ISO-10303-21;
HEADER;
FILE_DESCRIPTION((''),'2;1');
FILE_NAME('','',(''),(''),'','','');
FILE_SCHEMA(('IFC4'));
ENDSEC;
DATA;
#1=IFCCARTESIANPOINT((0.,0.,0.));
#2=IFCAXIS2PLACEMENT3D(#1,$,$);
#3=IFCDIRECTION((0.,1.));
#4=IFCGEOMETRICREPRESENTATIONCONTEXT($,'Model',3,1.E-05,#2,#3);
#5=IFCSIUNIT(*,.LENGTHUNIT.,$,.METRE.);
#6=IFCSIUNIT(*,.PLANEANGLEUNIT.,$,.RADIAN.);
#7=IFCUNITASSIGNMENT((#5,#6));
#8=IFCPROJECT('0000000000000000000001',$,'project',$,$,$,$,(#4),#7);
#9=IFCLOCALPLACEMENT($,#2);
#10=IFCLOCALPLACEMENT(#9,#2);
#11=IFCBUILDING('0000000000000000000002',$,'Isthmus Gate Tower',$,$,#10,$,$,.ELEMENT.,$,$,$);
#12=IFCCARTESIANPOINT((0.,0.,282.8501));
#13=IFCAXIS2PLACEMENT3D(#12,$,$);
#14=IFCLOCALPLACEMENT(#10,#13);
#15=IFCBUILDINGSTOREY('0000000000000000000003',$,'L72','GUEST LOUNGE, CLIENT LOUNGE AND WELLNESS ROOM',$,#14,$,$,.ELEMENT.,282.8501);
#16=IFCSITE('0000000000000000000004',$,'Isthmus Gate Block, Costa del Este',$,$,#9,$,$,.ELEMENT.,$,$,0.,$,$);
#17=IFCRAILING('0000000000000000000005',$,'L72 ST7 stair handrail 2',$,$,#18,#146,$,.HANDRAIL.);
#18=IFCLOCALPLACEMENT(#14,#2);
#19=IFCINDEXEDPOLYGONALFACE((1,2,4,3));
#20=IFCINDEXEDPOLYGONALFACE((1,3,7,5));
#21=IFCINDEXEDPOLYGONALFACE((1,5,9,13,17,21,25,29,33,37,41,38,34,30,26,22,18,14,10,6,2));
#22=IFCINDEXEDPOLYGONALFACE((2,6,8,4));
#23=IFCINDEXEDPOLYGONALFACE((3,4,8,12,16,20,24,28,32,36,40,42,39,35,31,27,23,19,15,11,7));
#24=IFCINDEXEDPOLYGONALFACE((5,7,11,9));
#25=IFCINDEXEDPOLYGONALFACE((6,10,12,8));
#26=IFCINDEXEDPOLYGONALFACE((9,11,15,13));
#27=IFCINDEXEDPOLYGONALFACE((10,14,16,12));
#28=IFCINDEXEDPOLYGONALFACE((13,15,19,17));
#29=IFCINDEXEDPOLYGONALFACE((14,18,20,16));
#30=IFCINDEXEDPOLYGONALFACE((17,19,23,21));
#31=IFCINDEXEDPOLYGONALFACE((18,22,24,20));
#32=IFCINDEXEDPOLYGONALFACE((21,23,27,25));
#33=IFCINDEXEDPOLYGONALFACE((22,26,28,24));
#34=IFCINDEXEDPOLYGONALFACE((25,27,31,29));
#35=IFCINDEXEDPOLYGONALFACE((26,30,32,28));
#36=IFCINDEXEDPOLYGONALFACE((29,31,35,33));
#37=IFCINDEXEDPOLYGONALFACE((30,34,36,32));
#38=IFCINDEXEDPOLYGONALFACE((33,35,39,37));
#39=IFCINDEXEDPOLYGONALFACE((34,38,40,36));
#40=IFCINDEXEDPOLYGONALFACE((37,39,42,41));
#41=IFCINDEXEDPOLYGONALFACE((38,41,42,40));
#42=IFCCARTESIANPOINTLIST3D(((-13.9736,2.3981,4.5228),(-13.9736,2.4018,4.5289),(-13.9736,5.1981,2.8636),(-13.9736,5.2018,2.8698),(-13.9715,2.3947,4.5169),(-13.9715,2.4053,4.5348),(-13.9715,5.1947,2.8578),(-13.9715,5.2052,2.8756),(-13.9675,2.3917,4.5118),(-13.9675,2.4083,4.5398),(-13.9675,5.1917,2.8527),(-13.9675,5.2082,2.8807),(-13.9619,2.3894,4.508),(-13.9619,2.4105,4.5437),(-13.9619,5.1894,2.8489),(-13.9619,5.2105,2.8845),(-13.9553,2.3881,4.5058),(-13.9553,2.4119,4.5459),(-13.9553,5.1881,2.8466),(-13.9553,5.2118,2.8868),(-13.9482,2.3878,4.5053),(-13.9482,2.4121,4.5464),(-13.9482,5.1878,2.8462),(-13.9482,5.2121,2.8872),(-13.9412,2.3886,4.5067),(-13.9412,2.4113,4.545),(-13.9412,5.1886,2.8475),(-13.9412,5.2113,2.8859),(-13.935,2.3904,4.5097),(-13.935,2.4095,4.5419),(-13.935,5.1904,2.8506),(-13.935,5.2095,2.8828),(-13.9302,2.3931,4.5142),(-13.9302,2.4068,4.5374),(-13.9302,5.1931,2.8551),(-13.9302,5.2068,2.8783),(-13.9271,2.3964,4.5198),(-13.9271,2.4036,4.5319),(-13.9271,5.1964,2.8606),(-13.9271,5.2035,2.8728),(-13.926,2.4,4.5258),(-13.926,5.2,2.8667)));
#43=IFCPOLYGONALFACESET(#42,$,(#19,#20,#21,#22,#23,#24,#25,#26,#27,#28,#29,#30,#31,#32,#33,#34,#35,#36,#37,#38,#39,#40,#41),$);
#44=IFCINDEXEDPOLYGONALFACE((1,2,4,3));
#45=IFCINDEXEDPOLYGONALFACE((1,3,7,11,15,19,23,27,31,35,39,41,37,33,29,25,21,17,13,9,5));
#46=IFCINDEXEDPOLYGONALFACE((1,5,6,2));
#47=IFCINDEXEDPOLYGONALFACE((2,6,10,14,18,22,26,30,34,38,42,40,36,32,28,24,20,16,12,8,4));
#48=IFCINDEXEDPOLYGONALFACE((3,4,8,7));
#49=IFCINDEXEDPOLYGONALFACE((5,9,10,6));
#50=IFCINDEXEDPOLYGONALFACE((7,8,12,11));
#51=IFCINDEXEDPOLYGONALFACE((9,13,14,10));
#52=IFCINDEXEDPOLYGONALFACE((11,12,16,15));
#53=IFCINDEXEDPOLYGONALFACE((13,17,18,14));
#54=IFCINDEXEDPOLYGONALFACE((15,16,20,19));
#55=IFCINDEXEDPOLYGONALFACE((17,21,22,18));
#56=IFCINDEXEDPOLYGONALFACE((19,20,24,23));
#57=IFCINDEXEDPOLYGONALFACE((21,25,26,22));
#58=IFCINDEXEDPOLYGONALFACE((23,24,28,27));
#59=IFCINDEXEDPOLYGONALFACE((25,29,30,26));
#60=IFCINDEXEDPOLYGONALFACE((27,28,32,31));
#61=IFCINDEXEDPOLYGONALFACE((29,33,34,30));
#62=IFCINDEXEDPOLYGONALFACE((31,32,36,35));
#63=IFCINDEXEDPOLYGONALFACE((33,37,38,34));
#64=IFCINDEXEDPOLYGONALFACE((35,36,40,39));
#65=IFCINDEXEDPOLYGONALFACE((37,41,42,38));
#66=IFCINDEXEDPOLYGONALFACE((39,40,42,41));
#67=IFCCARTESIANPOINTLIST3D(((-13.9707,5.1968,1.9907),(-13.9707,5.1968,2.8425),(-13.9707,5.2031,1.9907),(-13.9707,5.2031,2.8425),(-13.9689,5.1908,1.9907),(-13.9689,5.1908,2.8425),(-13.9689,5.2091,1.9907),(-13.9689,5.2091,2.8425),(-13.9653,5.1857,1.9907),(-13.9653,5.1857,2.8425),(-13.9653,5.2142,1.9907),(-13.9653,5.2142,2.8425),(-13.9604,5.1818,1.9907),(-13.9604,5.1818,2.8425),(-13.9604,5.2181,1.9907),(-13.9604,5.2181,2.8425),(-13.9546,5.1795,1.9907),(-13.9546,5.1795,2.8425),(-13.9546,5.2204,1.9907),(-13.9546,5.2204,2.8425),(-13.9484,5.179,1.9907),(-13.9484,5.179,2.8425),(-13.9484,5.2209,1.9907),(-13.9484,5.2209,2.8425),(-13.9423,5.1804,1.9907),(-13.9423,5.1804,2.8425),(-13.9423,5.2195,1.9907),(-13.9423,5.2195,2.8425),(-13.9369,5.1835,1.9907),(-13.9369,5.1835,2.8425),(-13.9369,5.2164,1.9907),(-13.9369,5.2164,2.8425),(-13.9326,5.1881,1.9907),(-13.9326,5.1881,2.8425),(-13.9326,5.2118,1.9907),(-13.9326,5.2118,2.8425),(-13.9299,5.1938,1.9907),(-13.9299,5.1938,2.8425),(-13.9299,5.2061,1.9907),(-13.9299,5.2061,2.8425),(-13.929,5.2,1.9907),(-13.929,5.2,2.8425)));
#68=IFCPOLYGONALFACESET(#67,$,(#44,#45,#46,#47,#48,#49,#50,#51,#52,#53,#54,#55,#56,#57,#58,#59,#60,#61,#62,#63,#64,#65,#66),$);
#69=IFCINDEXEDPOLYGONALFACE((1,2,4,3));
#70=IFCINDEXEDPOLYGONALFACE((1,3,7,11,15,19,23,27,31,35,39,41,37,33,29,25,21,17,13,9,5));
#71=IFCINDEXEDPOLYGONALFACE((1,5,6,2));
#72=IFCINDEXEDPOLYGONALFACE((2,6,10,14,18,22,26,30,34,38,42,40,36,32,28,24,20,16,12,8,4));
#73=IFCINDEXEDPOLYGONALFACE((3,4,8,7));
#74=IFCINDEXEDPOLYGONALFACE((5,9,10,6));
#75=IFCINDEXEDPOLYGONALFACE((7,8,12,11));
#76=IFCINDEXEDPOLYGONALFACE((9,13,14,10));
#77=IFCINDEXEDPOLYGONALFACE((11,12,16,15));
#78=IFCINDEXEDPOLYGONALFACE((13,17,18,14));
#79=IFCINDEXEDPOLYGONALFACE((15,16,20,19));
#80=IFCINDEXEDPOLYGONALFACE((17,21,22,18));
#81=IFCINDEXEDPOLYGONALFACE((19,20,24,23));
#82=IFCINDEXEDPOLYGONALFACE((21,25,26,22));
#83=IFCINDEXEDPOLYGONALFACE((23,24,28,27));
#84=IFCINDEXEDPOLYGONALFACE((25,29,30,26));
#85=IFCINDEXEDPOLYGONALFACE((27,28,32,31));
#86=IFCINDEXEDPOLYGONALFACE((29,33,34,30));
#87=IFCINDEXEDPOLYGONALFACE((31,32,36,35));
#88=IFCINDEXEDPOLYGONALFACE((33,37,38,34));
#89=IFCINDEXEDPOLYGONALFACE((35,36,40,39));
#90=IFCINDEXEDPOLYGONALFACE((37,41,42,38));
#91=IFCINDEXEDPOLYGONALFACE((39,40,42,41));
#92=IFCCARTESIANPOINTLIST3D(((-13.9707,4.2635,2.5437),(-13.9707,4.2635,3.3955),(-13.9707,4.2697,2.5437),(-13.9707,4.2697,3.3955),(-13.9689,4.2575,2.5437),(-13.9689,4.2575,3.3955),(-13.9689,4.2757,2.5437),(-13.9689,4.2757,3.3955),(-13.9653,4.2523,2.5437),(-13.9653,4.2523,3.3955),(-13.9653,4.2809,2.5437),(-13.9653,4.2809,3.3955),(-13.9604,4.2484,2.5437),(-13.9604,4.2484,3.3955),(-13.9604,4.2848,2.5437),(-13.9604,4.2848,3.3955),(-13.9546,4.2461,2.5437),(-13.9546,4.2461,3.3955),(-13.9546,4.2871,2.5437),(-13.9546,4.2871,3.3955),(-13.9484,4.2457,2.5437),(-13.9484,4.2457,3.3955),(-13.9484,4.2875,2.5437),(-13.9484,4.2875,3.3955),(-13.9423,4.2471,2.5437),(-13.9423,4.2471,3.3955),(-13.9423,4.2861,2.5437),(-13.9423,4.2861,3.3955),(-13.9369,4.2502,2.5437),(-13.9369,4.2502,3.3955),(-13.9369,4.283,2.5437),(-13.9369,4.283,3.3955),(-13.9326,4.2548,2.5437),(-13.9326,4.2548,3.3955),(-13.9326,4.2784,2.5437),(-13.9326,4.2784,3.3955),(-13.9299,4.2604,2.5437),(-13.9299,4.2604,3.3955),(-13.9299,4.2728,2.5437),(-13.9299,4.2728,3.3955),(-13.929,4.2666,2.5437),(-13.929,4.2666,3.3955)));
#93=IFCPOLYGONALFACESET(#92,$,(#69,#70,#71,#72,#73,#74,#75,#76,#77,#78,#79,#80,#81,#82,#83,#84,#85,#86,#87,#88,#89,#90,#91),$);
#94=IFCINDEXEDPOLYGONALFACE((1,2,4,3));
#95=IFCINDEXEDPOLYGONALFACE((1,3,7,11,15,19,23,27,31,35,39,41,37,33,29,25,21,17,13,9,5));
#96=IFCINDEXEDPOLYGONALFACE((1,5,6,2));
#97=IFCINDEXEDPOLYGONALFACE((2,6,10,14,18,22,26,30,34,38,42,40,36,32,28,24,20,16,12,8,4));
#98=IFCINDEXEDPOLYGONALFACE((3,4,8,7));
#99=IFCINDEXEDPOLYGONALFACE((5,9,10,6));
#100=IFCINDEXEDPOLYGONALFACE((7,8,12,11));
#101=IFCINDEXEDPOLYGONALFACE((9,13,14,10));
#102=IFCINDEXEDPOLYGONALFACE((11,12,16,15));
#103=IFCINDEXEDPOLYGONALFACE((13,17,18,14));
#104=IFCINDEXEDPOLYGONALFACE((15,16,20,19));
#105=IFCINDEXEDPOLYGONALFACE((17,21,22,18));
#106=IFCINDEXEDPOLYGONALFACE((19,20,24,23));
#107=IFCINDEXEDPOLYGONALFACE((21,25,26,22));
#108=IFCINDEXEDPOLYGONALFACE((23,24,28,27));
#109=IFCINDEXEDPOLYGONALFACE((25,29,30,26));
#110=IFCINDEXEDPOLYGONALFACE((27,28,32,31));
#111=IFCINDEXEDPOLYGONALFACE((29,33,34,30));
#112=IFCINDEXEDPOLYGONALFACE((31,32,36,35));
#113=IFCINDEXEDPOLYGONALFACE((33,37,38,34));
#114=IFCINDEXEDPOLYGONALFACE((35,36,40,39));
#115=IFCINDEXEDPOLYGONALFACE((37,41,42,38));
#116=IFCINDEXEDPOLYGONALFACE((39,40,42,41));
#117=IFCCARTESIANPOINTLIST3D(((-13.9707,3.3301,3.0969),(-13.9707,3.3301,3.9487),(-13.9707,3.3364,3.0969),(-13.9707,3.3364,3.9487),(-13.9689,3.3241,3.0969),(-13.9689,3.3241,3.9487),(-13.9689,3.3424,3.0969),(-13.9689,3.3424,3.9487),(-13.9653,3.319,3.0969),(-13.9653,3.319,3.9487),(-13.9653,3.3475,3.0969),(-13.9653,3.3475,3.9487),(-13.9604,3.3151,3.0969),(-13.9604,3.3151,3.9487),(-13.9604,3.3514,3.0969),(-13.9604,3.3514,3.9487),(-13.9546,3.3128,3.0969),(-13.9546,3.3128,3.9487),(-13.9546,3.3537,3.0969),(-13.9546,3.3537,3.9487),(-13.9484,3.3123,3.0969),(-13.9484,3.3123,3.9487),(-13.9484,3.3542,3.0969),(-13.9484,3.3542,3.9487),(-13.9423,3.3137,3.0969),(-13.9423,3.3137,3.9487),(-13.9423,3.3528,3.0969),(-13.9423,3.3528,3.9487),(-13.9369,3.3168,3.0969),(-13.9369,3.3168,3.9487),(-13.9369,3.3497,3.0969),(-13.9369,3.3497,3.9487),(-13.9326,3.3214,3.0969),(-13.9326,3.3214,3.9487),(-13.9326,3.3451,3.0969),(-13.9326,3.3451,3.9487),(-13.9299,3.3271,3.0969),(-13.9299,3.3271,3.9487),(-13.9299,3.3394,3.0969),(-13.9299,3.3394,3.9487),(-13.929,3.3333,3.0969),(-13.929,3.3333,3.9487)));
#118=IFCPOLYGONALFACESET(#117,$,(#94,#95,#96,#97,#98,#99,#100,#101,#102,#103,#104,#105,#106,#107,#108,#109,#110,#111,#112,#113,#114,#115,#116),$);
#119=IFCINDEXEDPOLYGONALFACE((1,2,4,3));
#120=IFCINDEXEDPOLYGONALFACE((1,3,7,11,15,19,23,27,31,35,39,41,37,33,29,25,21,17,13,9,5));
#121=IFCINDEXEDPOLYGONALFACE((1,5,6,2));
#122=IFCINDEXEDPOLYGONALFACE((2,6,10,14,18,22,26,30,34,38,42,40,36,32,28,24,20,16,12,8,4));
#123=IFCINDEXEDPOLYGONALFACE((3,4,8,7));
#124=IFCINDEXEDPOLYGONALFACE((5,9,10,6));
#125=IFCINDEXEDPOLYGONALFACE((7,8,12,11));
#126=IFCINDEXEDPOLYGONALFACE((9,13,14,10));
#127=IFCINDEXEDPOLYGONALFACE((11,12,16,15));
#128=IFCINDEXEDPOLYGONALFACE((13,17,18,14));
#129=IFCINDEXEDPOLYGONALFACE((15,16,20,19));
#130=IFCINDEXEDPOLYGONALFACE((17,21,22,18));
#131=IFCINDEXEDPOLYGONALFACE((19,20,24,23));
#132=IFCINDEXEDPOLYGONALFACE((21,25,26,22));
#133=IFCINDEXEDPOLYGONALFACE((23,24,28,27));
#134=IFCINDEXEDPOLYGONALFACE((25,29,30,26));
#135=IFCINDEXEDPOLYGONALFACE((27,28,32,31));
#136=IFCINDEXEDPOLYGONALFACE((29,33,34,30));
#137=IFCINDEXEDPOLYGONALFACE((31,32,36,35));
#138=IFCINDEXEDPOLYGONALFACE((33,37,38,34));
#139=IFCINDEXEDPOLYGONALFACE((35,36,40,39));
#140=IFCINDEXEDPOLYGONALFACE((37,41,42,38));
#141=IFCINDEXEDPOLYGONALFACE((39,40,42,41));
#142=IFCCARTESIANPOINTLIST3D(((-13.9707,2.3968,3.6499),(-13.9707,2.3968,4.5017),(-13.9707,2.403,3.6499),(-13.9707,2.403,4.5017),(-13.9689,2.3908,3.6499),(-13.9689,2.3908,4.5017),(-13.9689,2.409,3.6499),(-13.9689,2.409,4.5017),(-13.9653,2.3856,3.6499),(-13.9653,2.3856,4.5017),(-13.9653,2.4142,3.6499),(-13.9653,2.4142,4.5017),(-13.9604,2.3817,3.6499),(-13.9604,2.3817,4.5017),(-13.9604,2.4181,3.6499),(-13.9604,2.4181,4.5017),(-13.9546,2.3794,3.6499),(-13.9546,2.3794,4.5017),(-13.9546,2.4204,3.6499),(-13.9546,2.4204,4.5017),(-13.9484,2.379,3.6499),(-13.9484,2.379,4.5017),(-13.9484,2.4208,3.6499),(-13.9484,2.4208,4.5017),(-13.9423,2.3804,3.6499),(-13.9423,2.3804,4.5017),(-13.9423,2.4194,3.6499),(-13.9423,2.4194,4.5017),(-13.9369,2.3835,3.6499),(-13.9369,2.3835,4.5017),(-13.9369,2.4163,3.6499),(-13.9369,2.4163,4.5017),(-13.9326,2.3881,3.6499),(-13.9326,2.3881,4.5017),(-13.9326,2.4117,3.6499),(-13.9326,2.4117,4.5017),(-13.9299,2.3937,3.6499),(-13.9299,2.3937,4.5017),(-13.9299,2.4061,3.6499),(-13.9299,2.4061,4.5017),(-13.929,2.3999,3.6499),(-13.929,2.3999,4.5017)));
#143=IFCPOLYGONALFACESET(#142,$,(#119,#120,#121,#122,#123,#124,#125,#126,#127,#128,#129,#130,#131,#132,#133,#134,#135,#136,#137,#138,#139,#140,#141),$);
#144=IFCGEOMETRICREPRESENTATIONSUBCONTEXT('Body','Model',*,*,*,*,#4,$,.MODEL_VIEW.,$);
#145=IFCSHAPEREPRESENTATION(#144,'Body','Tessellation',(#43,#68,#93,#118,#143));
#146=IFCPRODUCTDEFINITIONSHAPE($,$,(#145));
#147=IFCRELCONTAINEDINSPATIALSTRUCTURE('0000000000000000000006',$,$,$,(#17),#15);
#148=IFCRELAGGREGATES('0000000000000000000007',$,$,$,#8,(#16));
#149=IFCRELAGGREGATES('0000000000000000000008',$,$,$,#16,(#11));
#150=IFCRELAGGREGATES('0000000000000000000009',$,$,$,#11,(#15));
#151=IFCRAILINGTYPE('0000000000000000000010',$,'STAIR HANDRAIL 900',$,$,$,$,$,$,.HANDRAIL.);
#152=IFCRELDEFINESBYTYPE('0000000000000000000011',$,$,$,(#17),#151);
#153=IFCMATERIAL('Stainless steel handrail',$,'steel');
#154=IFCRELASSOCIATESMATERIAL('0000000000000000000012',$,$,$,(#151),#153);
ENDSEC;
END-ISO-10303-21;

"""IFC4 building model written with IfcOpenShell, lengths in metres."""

from ifc_helpers import new_model, si_unit, direction, frame, origin, origin_2d, place, context, subcontext, project, spatial, circle, extrude, material, type_object, element, save


model = new_model("IFC4")

# Units and contexts
model_context = context("Model", 3, precision=1e-05, world=origin(), true_north=direction((0.0, 1.0)))
body_context = subcontext(model_context, "Body", "Model", "MODEL_VIEW")
ifc_project = project(units=[si_unit("LENGTHUNIT", "METRE"), si_unit("PLANEANGLEUNIT", "RADIAN")], contexts=[model_context])

# Site, building, storey
site_placement = place(None, origin())
site = spatial("IfcSite", under=ifc_project, at=site_placement, Name="Isthmus Gate Block, Costa del Este", CompositionType="ELEMENT", RefElevation=0.0)
building_placement = place(site_placement, origin())
building = spatial("IfcBuilding", under=site, at=building_placement, Name="Isthmus Gate Tower", CompositionType="ELEMENT")
storey_placement = place(building_placement, frame((0.0, 0.0, 282.8501)))
storey = spatial("IfcBuildingStorey", under=building, at=storey_placement, Name="L72", Description="GUEST LOUNGE, CLIENT LOUNGE AND WELLNESS ROOM", CompositionType="ELEMENT", Elevation=282.8501)

# Railing
ifc_material_1 = material(Name="Stainless steel handrail", Category="steel")
railing_type = type_object("IfcRailingType", Name="STAIR HANDRAIL 900", PredefinedType="HANDRAIL", material=ifc_material_1)
for number, where, name in (
    (1, (-13.95, 5.2, 1.9907), "L72 ST7 stair handrail 2"),
):
    element("IfcRailing", number, at=place(storey_placement, frame(where)), inside=storey, type_object=railing_type, Name=name, PredefinedType="HANDRAIL", context=body_context, shape_type="SweptSolid", body=[
        extrude(circle(Radius=0.0239, at=origin_2d()), frame((0.0, 0.0, 0.876), z_axis=(0.0, -0.860306, 0.509778), x_axis=(1.0, 0.0, 0.0)), (0.0, 0.0, 1.0), 3.2546),
        extrude(circle(Radius=0.021, at=origin_2d()), origin(), (0.0, 0.0, 1.0), 0.8518),
        extrude(circle(Radius=0.021, at=origin_2d()), frame((0.0, -0.9333, 0.553)), (0.0, 0.0, 1.0), 0.8518),
        extrude(circle(Radius=0.021, at=origin_2d()), frame((0.0, -1.8667, 1.1062)), (0.0, 0.0, 1.0), 0.8518),
        extrude(circle(Radius=0.021, at=origin_2d()), frame((0.0, -2.8, 1.6592)), (0.0, 0.0, 1.0), 0.8518),
    ])

save(model, "model.ifc")
